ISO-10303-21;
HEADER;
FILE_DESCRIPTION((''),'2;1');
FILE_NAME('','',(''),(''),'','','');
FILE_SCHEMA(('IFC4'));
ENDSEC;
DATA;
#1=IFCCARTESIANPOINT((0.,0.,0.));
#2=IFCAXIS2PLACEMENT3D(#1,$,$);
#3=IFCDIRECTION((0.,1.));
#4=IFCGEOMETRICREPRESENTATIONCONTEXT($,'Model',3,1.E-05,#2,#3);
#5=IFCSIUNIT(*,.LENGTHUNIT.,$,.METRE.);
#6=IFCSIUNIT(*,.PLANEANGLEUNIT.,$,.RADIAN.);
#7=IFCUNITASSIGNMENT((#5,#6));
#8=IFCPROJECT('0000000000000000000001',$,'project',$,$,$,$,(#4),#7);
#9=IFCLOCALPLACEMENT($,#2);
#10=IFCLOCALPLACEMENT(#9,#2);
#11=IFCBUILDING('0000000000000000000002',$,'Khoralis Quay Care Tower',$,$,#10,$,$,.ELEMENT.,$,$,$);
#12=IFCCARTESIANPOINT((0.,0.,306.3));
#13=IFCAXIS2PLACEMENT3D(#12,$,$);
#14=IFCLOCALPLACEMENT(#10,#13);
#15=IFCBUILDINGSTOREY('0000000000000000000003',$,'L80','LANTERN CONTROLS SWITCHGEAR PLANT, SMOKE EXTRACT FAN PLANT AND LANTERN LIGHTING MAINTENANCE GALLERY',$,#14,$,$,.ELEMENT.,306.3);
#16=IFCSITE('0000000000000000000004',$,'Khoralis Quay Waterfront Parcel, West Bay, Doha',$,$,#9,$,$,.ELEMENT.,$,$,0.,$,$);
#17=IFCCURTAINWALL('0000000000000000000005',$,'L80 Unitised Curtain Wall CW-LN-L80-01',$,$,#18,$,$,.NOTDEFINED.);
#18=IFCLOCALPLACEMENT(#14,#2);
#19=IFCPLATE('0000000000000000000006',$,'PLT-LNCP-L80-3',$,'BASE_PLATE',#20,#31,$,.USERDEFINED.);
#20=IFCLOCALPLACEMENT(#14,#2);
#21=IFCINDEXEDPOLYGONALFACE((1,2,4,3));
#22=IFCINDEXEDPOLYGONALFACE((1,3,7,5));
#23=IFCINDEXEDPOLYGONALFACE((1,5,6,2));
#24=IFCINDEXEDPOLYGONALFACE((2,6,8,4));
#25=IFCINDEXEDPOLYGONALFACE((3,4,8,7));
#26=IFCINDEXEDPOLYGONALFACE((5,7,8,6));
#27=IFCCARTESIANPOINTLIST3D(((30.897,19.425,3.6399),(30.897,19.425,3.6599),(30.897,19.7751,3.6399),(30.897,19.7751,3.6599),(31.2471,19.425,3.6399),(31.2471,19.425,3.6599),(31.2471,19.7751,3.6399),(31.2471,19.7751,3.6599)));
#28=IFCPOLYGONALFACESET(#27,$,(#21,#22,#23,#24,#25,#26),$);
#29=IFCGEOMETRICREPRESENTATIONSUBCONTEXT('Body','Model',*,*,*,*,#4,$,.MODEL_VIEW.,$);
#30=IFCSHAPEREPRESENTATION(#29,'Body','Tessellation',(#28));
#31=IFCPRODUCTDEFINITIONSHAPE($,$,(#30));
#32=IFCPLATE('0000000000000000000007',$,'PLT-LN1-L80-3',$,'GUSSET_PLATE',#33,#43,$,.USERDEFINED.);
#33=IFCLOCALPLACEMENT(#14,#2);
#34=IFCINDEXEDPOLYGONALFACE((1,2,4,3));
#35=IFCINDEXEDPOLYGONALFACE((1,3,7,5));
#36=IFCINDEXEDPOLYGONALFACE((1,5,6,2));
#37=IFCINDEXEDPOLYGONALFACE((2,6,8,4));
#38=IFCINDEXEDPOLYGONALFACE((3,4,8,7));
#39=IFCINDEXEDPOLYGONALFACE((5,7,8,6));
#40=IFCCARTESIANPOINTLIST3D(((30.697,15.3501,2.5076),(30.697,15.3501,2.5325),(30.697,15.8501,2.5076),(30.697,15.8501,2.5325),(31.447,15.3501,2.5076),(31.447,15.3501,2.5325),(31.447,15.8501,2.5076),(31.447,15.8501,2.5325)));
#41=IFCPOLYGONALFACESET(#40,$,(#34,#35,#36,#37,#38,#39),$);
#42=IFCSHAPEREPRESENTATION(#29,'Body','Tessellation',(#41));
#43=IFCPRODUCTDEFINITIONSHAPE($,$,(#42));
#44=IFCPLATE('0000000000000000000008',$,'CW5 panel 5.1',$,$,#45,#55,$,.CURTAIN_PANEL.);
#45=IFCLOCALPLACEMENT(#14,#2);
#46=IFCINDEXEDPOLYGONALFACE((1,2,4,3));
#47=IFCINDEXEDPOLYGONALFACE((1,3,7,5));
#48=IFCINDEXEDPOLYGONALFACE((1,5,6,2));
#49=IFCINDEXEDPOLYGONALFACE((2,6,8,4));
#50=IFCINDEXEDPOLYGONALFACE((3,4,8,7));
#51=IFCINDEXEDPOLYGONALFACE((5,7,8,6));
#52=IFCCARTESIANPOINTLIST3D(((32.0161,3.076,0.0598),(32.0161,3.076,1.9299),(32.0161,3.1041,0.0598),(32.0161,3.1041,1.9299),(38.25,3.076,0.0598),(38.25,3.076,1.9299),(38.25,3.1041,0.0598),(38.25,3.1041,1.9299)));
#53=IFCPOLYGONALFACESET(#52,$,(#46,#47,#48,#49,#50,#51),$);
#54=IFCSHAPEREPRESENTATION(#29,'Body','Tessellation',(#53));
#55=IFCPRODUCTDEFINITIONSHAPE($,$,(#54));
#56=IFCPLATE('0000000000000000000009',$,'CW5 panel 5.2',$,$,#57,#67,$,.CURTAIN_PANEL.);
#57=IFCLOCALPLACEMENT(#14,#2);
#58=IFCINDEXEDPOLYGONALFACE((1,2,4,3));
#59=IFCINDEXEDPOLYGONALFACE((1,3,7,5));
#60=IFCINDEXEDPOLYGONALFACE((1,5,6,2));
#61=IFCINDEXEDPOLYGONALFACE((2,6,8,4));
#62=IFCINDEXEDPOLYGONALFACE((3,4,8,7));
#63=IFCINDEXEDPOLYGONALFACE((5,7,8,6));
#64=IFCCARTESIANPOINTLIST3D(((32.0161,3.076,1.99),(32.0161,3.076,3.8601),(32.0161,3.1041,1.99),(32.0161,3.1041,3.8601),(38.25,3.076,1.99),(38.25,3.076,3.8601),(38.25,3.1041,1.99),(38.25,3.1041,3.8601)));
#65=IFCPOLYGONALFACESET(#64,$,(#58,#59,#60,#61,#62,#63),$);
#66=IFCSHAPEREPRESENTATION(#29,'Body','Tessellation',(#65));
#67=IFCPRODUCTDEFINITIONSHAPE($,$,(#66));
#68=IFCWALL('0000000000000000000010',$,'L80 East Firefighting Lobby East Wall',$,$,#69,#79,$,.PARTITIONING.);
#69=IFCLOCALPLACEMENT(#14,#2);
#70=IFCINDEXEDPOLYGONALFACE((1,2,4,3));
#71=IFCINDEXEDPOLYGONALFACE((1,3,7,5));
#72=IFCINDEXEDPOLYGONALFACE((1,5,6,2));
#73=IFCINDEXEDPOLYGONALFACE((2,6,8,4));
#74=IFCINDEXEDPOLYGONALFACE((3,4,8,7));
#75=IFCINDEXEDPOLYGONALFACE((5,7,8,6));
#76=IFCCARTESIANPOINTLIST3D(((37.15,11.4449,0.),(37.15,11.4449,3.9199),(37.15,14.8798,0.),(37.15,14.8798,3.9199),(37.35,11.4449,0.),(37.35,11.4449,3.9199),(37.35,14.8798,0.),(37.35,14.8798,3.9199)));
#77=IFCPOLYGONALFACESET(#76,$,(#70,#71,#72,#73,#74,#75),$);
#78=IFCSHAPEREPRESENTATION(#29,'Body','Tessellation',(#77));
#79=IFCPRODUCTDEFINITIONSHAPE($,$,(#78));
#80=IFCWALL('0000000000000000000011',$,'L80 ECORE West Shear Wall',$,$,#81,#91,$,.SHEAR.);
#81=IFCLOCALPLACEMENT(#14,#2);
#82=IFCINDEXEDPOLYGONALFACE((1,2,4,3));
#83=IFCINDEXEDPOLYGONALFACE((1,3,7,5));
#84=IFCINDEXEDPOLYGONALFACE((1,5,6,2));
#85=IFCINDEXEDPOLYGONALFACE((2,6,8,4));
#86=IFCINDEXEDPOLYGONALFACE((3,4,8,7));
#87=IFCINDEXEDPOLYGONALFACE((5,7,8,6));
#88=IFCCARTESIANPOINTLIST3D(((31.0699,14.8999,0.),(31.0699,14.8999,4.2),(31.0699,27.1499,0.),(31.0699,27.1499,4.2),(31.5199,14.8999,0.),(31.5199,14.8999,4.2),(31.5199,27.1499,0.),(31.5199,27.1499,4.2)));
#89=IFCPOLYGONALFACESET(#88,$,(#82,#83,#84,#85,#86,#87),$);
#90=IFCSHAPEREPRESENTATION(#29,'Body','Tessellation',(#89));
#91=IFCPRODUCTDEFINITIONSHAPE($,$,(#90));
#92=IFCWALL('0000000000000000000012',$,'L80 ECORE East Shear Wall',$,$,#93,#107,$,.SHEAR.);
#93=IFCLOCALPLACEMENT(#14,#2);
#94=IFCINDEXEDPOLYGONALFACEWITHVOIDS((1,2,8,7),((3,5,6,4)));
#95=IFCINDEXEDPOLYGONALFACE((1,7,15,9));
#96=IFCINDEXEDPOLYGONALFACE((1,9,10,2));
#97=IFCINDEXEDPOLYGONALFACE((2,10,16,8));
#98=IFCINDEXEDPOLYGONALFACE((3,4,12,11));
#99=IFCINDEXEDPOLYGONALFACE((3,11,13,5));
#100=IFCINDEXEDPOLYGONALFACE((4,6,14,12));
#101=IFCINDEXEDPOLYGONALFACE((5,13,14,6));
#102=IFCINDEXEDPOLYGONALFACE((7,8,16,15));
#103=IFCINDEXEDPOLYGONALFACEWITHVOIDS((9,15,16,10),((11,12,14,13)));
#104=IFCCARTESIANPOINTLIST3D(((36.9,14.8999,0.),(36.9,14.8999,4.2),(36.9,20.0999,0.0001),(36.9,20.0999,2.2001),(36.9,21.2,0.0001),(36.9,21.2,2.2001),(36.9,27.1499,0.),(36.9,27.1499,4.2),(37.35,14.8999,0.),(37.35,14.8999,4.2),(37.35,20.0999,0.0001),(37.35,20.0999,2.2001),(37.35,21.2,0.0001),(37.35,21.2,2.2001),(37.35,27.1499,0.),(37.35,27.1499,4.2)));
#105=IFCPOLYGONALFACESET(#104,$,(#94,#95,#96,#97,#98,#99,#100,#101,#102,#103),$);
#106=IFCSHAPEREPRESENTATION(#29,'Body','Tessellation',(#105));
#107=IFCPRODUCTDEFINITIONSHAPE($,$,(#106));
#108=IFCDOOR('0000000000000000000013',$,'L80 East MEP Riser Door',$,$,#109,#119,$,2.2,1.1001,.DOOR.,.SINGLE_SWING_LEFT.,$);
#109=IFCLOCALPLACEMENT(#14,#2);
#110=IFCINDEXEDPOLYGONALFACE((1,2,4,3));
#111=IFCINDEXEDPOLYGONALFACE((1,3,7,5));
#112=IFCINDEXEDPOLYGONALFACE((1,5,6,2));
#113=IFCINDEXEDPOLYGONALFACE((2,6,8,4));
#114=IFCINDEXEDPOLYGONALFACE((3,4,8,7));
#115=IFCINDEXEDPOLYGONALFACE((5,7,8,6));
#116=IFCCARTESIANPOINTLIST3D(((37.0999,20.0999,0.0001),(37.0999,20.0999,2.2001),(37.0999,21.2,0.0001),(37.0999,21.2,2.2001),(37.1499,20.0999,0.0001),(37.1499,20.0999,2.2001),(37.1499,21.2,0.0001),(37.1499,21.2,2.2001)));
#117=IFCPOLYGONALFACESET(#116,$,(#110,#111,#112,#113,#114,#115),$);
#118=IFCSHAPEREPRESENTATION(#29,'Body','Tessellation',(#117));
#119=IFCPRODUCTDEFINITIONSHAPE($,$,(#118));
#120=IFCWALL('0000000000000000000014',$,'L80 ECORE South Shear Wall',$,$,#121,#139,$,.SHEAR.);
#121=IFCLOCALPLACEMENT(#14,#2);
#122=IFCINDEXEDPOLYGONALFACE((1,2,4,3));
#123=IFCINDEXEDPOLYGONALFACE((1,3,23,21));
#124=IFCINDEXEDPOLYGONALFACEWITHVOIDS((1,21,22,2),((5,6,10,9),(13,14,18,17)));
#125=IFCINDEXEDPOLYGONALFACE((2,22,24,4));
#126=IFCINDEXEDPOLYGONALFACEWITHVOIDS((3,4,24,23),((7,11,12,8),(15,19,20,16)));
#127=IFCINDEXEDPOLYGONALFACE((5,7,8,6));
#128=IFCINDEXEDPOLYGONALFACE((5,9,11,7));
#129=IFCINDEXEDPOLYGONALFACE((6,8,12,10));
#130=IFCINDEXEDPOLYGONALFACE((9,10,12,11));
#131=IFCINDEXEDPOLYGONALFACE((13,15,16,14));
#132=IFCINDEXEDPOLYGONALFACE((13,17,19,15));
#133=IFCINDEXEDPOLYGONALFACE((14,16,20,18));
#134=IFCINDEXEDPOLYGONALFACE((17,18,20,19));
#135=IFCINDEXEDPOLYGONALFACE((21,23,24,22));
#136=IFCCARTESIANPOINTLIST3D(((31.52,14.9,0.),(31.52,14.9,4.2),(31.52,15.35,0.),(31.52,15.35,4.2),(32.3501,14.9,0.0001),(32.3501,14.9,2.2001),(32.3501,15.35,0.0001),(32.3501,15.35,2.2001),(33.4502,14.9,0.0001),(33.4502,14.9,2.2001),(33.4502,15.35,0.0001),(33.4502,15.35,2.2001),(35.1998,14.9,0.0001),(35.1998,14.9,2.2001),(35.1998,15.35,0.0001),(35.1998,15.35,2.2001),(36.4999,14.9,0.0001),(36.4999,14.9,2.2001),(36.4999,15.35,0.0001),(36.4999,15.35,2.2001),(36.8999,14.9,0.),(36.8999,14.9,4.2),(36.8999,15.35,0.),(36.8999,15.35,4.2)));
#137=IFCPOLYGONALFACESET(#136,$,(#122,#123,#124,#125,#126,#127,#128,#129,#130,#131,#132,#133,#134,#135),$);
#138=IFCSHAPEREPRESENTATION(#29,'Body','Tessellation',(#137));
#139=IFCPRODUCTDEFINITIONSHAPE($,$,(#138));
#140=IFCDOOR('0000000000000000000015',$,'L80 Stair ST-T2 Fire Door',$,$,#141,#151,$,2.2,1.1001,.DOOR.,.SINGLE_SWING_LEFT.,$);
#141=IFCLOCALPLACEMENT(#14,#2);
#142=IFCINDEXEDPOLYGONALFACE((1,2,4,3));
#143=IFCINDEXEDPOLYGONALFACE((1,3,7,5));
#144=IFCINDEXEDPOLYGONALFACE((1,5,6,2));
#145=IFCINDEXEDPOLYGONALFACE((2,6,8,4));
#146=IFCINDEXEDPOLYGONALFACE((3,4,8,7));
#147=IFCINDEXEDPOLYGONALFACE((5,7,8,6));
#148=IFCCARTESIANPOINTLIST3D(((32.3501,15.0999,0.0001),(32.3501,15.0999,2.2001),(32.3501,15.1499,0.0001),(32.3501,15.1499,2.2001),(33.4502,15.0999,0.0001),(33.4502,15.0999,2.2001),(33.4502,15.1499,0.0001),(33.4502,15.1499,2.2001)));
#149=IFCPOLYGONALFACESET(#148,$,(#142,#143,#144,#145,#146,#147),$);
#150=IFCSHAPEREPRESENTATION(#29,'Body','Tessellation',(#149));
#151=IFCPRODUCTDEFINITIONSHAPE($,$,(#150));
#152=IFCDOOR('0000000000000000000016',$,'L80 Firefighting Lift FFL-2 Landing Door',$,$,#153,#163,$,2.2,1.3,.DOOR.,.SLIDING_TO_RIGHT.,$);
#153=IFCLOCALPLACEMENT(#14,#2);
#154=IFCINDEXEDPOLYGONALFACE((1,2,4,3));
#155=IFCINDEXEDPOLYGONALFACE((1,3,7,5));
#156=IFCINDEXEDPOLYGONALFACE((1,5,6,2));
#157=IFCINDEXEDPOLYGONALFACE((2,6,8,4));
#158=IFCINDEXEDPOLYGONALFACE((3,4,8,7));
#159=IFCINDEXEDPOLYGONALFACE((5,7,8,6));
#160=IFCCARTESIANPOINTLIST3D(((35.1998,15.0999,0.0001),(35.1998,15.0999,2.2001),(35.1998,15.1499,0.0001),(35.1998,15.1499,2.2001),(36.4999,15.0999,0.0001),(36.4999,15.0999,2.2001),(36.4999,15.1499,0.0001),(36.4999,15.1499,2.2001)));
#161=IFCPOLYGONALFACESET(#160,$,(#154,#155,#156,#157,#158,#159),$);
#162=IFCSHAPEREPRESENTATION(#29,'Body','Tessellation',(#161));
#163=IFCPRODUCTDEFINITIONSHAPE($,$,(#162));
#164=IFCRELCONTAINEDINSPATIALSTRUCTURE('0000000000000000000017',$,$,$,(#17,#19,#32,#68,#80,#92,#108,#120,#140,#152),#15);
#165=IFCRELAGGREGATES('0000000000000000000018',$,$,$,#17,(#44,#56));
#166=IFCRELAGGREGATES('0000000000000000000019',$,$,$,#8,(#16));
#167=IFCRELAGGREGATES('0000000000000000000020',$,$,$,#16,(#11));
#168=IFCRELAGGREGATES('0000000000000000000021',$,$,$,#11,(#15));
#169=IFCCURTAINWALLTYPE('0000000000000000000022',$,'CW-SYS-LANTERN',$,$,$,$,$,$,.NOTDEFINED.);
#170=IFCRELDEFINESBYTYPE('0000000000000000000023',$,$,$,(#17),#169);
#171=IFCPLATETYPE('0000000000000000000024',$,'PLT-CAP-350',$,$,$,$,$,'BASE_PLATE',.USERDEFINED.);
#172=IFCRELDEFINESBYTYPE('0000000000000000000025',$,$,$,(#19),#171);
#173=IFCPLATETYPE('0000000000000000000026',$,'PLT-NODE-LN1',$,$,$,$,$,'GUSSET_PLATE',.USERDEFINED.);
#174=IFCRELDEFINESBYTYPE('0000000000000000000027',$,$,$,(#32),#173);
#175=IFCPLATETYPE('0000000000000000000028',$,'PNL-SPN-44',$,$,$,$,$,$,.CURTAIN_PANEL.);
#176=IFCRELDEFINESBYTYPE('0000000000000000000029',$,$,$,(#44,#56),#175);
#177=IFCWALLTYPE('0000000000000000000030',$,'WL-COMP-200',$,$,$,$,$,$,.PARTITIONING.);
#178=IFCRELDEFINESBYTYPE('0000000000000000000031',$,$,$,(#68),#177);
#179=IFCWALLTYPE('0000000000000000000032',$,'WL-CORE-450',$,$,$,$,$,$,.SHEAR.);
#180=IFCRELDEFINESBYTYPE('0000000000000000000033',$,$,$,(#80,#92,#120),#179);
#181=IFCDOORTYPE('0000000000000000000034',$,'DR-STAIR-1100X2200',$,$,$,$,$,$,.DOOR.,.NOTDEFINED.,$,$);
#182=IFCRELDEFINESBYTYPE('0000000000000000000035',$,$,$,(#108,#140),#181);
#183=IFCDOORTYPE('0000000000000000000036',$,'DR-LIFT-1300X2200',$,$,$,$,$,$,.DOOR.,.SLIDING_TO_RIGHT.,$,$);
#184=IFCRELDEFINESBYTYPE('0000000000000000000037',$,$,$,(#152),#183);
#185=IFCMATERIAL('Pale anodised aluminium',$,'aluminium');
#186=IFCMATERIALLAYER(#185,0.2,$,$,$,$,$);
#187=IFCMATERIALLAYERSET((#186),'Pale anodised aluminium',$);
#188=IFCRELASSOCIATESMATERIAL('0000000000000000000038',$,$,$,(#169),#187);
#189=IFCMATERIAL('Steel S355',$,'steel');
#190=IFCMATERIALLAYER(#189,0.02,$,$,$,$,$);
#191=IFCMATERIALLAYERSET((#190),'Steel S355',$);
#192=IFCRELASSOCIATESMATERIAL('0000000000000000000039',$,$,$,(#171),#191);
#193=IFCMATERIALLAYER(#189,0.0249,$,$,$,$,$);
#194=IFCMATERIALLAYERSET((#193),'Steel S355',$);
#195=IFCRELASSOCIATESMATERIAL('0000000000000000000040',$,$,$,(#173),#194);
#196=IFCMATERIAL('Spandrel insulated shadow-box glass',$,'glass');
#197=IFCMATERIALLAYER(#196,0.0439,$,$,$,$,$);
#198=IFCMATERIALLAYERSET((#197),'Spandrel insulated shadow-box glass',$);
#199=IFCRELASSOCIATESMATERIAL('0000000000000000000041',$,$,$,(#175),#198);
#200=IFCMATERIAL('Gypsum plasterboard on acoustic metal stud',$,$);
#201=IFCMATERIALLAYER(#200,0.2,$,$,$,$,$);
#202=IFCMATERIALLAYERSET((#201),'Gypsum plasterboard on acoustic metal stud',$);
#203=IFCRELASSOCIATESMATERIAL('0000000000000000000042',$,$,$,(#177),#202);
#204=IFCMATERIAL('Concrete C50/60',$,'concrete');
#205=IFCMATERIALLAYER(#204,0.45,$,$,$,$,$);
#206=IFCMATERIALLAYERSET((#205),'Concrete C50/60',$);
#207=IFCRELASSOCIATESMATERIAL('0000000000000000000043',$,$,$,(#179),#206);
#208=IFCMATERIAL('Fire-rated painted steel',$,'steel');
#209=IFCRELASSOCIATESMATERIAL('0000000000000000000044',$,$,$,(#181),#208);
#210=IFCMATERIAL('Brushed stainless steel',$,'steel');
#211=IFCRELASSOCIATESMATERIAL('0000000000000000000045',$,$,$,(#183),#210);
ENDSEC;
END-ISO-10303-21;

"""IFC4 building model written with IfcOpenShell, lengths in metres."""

from ifc_helpers import new_model, si_unit, direction, frame, frame_2d, origin, origin_2d, place, context, subcontext, project, spatial, rectangle, extrude, source, transform, mapped, material, layer, layer_set, type_object, element, fill, aggregate, save


model = new_model("IFC4")

# Units and contexts
model_context = context("Model", 3, precision=1e-05, world=origin(), true_north=direction((0.0, 1.0)))
body_context = subcontext(model_context, "Body", "Model", "MODEL_VIEW")
ifc_project = project(units=[si_unit("LENGTHUNIT", "METRE"), si_unit("PLANEANGLEUNIT", "RADIAN")], contexts=[model_context])

# Site, building, storey
site_placement = place(None, origin())
site = spatial("IfcSite", under=ifc_project, at=site_placement, Name="Khoralis Quay Waterfront Parcel, West Bay, Doha", CompositionType="ELEMENT", RefElevation=0.0)
building_placement = place(site_placement, origin())
building = spatial("IfcBuilding", under=site, at=building_placement, Name="Khoralis Quay Care Tower", CompositionType="ELEMENT")
storey_placement = place(building_placement, frame((0.0, 0.0, 306.3)))
storey = spatial("IfcBuildingStorey", under=building, at=storey_placement, Name="L80", Description="LANTERN CONTROLS SWITCHGEAR PLANT, SMOKE EXTRACT FAN PLANT AND LANTERN LIGHTING MAINTENANCE GALLERY", CompositionType="ELEMENT", Elevation=306.3)

# Shared definitions
ifc_material_1 = material(Name="Steel S355", Category="steel")

# Curtain wall
ifc_material_2 = material(Name="Pale anodised aluminium", Category="aluminium")
ifc_layer_1 = layer(ifc_material_2, 0.2)
ifc_layer_set_1 = layer_set([ifc_layer_1], Name="Pale anodised aluminium")
curtain_wall_type = type_object("IfcCurtainWallType", Name="CW-SYS-LANTERN", PredefinedType="NOTDEFINED", material=ifc_layer_set_1)
curtain_wall_placement = place(storey_placement, origin())
curtain_wall = element("IfcCurtainWall", 1, at=curtain_wall_placement, inside=storey, type_object=curtain_wall_type, Name="L80 Unitised Curtain Wall CW-LN-L80-01", PredefinedType="NOTDEFINED")

# Plates
ifc_layer_2 = layer(ifc_material_1, 0.02)
ifc_layer_set_2 = layer_set([ifc_layer_2], Name="Steel S355")
plate_type_1 = type_object("IfcPlateType", Name="PLT-CAP-350", ElementType="BASE_PLATE", PredefinedType="USERDEFINED", material=ifc_layer_set_2)
shared_shape_1 = source(origin(), body_context, "Body", "SweptSolid", [
    extrude(rectangle(XDim=0.3501, YDim=0.3501, at=origin_2d()), origin(), (0.0, 0.0, 1.0), 0.02),
])
plate_1_placement = place(storey_placement, frame((31.072, 19.6001, 3.6399), z_axis=(0.0, 0.0, 1.0), x_axis=(1.0, 0.0, 0.0)))
element("IfcPlate", 2, at=plate_1_placement, inside=storey, type_object=plate_type_1, Name="PLT-LNCP-L80-3", ObjectType="BASE_PLATE", PredefinedType="USERDEFINED", context=body_context, shape_type="MappedRepresentation", body=[
    mapped(shared_shape_1, transform((0.0, 0.0, 0.0), scale=1.0)),
])
ifc_layer_3 = layer(ifc_material_1, 0.0249)
ifc_layer_set_3 = layer_set([ifc_layer_3], Name="Steel S355")
plate_type_2 = type_object("IfcPlateType", Name="PLT-NODE-LN1", ElementType="GUSSET_PLATE", PredefinedType="USERDEFINED", material=ifc_layer_set_3)
shared_shape_2 = source(origin(), body_context, "Body", "SweptSolid", [
    extrude(rectangle(XDim=0.75, YDim=0.5, at=origin_2d()), origin(), (0.0, 0.0, 1.0), 0.0249),
])
plate_2_placement = place(storey_placement, frame((31.072, 15.6001, 2.5076), z_axis=(0.0, 0.0, 1.0), x_axis=(1.0, 0.0, 0.0)))
element("IfcPlate", 3, at=plate_2_placement, inside=storey, type_object=plate_type_2, Name="PLT-LN1-L80-3", ObjectType="GUSSET_PLATE", PredefinedType="USERDEFINED", context=body_context, shape_type="MappedRepresentation", body=[
    mapped(shared_shape_2, transform((0.0, 0.0, 0.0), scale=1.0)),
])

# Plates
ifc_material_3 = material(Name="Spandrel insulated shadow-box glass", Category="glass")
ifc_layer_4 = layer(ifc_material_3, 0.0439)
ifc_layer_set_4 = layer_set([ifc_layer_4], Name="Spandrel insulated shadow-box glass")
plate_type_3 = type_object("IfcPlateType", Name="PNL-SPN-44", PredefinedType="CURTAIN_PANEL", material=ifc_layer_set_4)
shared_shape_3 = source(origin(), body_context, "Body", "SweptSolid", [
    extrude(rectangle(XDim=6.2339, YDim=0.0281, at=origin_2d()), origin(), (0.0, 0.0, 1.0), 1.8701),
])
plate_3_placement = place(storey_placement, frame((35.1331, 3.0901, 0.0598), z_axis=(0.0, 0.0, 1.0), x_axis=(1.0, 0.0, 0.0)))
plate_3 = element("IfcPlate", 4, at=plate_3_placement, type_object=plate_type_3, Name="CW5 panel 5.1", PredefinedType="CURTAIN_PANEL", context=body_context, shape_type="MappedRepresentation", body=[
    mapped(shared_shape_3, transform((0.0, 0.0, 0.0), scale=1.0)),
])
plate_4_placement = place(storey_placement, frame((35.1331, 3.0901, 1.99), z_axis=(0.0, 0.0, 1.0), x_axis=(1.0, 0.0, 0.0)))
plate_4 = element("IfcPlate", 5, at=plate_4_placement, type_object=plate_type_3, Name="CW5 panel 5.2", PredefinedType="CURTAIN_PANEL", context=body_context, shape_type="MappedRepresentation", body=[
    mapped(shared_shape_3, transform((0.0, 0.0, 0.0), scale=1.0)),
])
aggregate(curtain_wall, [plate_3, plate_4])

# Walls
ifc_material_4 = material(Name="Gypsum plasterboard on acoustic metal stud")
ifc_layer_5 = layer(ifc_material_4, 0.2)
ifc_layer_set_5 = layer_set([ifc_layer_5], Name="Gypsum plasterboard on acoustic metal stud")
wall_type_1 = type_object("IfcWallType", Name="WL-COMP-200", PredefinedType="PARTITIONING", material=ifc_layer_set_5)
wall_1_placement = place(storey_placement, frame((37.25, 11.4451, 0.0), z_axis=(0.0, 0.0, 1.0), x_axis=(0.0, 1.0, 0.0)))
element("IfcWall", 6, at=wall_1_placement, inside=storey, type_object=wall_type_1, Name="L80 East Firefighting Lobby East Wall", PredefinedType="PARTITIONING", context=body_context, shape_type="SweptSolid", body=[
    extrude(rectangle(XDim=3.4348, YDim=0.2, at=frame_2d((1.7173, 0.0))), origin(), (0.0, 0.0, 1.0), 3.9199),
])
ifc_material_5 = material(Name="Concrete C50/60", Category="concrete")
ifc_layer_6 = layer(ifc_material_5, 0.45)
ifc_layer_set_6 = layer_set([ifc_layer_6], Name="Concrete C50/60")
wall_type_2 = type_object("IfcWallType", Name="WL-CORE-450", PredefinedType="SHEAR", material=ifc_layer_set_6)
wall_2_placement = place(storey_placement, frame((31.2949, 14.8999, 0.0), z_axis=(0.0, 0.0, 1.0), x_axis=(0.0, 1.0, 0.0)))
element("IfcWall", 7, at=wall_2_placement, inside=storey, type_object=wall_type_2, Name="L80 ECORE West Shear Wall", PredefinedType="SHEAR", context=body_context, shape_type="SweptSolid", body=[
    extrude(rectangle(XDim=12.25, YDim=0.45, at=frame_2d((6.125, 0.0))), origin(), (0.0, 0.0, 1.0), 4.2),
])

# Wall, opening, door
wall_3_placement = place(storey_placement, frame((37.125, 14.8999, 0.0), z_axis=(0.0, 0.0, 1.0), x_axis=(0.0, 1.0, 0.0)))
wall_3 = element("IfcWall", 8, at=wall_3_placement, inside=storey, type_object=wall_type_2, Name="L80 ECORE East Shear Wall", PredefinedType="SHEAR", context=body_context, shape_type="SweptSolid", body=[
    extrude(rectangle(XDim=12.25, YDim=0.45, at=frame_2d((6.125, 0.0))), origin(), (0.0, 0.0, 1.0), 4.2),
])
opening_1_placement = place(wall_3_placement, frame((5.2, 0.0, 0.0)))
opening_1 = element("IfcOpeningElement", 9, at=opening_1_placement, cuts=wall_3, PredefinedType="OPENING", context=body_context, shape_type="SweptSolid", body=[
    extrude(rectangle(XDim=1.1001, YDim=2.2, at=frame_2d((0.55, 1.1001))), frame((0.0, 0.2349, 0.0), z_axis=(0.0, -1.0, 0.0), x_axis=(1.0, 0.0, 0.0)), (0.0, 0.0, 1.0), 0.47),
])
ifc_material_6 = material(Name="Fire-rated painted steel", Category="steel")
door_type_1 = type_object("IfcDoorType", Name="DR-STAIR-1100X2200", OperationType="NOTDEFINED", PredefinedType="DOOR", material=ifc_material_6)
shared_shape_4 = source(origin(), body_context, "Body", "SweptSolid", [
    extrude(rectangle(XDim=1.1001, YDim=2.2, at=frame_2d((0.55, 1.1001))), frame((0.0, 0.0249, 0.0), z_axis=(0.0, -1.0, 0.0), x_axis=(1.0, 0.0, 0.0)), (0.0, 0.0, 1.0), 0.05),
])
door_1_placement = place(opening_1_placement, frame((1.1001, 0.0, 0.0), z_axis=(0.0, 0.0, 1.0), x_axis=(-1.0, 0.0, 0.0)))
door_1 = element("IfcDoor", 10, at=door_1_placement, inside=storey, type_object=door_type_1, Name="L80 East MEP Riser Door", OperationType="SINGLE_SWING_LEFT", OverallHeight=2.2, OverallWidth=1.1001, PredefinedType="DOOR", context=body_context, shape_type="MappedRepresentation", body=[
    mapped(shared_shape_4, transform((0.0, 0.0, 0.0), scale=1.0)),
])
fill(opening_1, door_1)

# Wall, openings, doors
wall_4_placement = place(storey_placement, frame((31.52, 15.125, 0.0), z_axis=(0.0, 0.0, 1.0), x_axis=(1.0, 0.0, 0.0)))
wall_4 = element("IfcWall", 11, at=wall_4_placement, inside=storey, type_object=wall_type_2, Name="L80 ECORE South Shear Wall", PredefinedType="SHEAR", context=body_context, shape_type="SweptSolid", body=[
    extrude(rectangle(XDim=5.3799, YDim=0.45, at=frame_2d((2.6899, 0.0))), origin(), (0.0, 0.0, 1.0), 4.2),
])
opening_2_placement = place(wall_4_placement, frame((0.8301, 0.0, 0.0)))
opening_2 = element("IfcOpeningElement", 12, at=opening_2_placement, cuts=wall_4, PredefinedType="OPENING", context=body_context, shape_type="SweptSolid", body=[
    extrude(rectangle(XDim=1.1001, YDim=2.2, at=frame_2d((0.55, 1.1001))), frame((0.0, 0.2349, 0.0), z_axis=(0.0, -1.0, 0.0), x_axis=(1.0, 0.0, 0.0)), (0.0, 0.0, 1.0), 0.47),
])
opening_3_placement = place(wall_4_placement, frame((3.6799, 0.0, 0.0)))
opening_3 = element("IfcOpeningElement", 13, at=opening_3_placement, cuts=wall_4, PredefinedType="OPENING", context=body_context, shape_type="SweptSolid", body=[
    extrude(rectangle(XDim=1.3, YDim=2.2, at=frame_2d((0.6499, 1.1001))), frame((0.0, 0.2349, 0.0), z_axis=(0.0, -1.0, 0.0), x_axis=(1.0, 0.0, 0.0)), (0.0, 0.0, 1.0), 0.47),
])
door_2_placement = place(opening_2_placement, origin())
door_2 = element("IfcDoor", 14, at=door_2_placement, inside=storey, type_object=door_type_1, Name="L80 Stair ST-T2 Fire Door", OperationType="SINGLE_SWING_LEFT", OverallHeight=2.2, OverallWidth=1.1001, PredefinedType="DOOR", context=body_context, shape_type="MappedRepresentation", body=[
    mapped(shared_shape_4, transform((0.0, 0.0, 0.0), scale=1.0)),
])
fill(opening_2, door_2)
ifc_material_7 = material(Name="Brushed stainless steel", Category="steel")
door_type_2 = type_object("IfcDoorType", Name="DR-LIFT-1300X2200", OperationType="SLIDING_TO_RIGHT", PredefinedType="DOOR", material=ifc_material_7)
shared_shape_5 = source(origin(), body_context, "Body", "SweptSolid", [
    extrude(rectangle(XDim=1.3, YDim=2.2, at=frame_2d((0.6499, 1.1001))), frame((0.0, 0.0249, 0.0), z_axis=(0.0, -1.0, 0.0), x_axis=(1.0, 0.0, 0.0)), (0.0, 0.0, 1.0), 0.05),
])
door_3_placement = place(opening_3_placement, origin())
door_3 = element("IfcDoor", 15, at=door_3_placement, inside=storey, type_object=door_type_2, Name="L80 Firefighting Lift FFL-2 Landing Door", OperationType="SLIDING_TO_RIGHT", OverallHeight=2.2, OverallWidth=1.3, PredefinedType="DOOR", context=body_context, shape_type="MappedRepresentation", body=[
    mapped(shared_shape_5, transform((0.0, 0.0, 0.0), scale=1.0)),
])
fill(opening_3, door_3)

save(model, "model.ifc")
